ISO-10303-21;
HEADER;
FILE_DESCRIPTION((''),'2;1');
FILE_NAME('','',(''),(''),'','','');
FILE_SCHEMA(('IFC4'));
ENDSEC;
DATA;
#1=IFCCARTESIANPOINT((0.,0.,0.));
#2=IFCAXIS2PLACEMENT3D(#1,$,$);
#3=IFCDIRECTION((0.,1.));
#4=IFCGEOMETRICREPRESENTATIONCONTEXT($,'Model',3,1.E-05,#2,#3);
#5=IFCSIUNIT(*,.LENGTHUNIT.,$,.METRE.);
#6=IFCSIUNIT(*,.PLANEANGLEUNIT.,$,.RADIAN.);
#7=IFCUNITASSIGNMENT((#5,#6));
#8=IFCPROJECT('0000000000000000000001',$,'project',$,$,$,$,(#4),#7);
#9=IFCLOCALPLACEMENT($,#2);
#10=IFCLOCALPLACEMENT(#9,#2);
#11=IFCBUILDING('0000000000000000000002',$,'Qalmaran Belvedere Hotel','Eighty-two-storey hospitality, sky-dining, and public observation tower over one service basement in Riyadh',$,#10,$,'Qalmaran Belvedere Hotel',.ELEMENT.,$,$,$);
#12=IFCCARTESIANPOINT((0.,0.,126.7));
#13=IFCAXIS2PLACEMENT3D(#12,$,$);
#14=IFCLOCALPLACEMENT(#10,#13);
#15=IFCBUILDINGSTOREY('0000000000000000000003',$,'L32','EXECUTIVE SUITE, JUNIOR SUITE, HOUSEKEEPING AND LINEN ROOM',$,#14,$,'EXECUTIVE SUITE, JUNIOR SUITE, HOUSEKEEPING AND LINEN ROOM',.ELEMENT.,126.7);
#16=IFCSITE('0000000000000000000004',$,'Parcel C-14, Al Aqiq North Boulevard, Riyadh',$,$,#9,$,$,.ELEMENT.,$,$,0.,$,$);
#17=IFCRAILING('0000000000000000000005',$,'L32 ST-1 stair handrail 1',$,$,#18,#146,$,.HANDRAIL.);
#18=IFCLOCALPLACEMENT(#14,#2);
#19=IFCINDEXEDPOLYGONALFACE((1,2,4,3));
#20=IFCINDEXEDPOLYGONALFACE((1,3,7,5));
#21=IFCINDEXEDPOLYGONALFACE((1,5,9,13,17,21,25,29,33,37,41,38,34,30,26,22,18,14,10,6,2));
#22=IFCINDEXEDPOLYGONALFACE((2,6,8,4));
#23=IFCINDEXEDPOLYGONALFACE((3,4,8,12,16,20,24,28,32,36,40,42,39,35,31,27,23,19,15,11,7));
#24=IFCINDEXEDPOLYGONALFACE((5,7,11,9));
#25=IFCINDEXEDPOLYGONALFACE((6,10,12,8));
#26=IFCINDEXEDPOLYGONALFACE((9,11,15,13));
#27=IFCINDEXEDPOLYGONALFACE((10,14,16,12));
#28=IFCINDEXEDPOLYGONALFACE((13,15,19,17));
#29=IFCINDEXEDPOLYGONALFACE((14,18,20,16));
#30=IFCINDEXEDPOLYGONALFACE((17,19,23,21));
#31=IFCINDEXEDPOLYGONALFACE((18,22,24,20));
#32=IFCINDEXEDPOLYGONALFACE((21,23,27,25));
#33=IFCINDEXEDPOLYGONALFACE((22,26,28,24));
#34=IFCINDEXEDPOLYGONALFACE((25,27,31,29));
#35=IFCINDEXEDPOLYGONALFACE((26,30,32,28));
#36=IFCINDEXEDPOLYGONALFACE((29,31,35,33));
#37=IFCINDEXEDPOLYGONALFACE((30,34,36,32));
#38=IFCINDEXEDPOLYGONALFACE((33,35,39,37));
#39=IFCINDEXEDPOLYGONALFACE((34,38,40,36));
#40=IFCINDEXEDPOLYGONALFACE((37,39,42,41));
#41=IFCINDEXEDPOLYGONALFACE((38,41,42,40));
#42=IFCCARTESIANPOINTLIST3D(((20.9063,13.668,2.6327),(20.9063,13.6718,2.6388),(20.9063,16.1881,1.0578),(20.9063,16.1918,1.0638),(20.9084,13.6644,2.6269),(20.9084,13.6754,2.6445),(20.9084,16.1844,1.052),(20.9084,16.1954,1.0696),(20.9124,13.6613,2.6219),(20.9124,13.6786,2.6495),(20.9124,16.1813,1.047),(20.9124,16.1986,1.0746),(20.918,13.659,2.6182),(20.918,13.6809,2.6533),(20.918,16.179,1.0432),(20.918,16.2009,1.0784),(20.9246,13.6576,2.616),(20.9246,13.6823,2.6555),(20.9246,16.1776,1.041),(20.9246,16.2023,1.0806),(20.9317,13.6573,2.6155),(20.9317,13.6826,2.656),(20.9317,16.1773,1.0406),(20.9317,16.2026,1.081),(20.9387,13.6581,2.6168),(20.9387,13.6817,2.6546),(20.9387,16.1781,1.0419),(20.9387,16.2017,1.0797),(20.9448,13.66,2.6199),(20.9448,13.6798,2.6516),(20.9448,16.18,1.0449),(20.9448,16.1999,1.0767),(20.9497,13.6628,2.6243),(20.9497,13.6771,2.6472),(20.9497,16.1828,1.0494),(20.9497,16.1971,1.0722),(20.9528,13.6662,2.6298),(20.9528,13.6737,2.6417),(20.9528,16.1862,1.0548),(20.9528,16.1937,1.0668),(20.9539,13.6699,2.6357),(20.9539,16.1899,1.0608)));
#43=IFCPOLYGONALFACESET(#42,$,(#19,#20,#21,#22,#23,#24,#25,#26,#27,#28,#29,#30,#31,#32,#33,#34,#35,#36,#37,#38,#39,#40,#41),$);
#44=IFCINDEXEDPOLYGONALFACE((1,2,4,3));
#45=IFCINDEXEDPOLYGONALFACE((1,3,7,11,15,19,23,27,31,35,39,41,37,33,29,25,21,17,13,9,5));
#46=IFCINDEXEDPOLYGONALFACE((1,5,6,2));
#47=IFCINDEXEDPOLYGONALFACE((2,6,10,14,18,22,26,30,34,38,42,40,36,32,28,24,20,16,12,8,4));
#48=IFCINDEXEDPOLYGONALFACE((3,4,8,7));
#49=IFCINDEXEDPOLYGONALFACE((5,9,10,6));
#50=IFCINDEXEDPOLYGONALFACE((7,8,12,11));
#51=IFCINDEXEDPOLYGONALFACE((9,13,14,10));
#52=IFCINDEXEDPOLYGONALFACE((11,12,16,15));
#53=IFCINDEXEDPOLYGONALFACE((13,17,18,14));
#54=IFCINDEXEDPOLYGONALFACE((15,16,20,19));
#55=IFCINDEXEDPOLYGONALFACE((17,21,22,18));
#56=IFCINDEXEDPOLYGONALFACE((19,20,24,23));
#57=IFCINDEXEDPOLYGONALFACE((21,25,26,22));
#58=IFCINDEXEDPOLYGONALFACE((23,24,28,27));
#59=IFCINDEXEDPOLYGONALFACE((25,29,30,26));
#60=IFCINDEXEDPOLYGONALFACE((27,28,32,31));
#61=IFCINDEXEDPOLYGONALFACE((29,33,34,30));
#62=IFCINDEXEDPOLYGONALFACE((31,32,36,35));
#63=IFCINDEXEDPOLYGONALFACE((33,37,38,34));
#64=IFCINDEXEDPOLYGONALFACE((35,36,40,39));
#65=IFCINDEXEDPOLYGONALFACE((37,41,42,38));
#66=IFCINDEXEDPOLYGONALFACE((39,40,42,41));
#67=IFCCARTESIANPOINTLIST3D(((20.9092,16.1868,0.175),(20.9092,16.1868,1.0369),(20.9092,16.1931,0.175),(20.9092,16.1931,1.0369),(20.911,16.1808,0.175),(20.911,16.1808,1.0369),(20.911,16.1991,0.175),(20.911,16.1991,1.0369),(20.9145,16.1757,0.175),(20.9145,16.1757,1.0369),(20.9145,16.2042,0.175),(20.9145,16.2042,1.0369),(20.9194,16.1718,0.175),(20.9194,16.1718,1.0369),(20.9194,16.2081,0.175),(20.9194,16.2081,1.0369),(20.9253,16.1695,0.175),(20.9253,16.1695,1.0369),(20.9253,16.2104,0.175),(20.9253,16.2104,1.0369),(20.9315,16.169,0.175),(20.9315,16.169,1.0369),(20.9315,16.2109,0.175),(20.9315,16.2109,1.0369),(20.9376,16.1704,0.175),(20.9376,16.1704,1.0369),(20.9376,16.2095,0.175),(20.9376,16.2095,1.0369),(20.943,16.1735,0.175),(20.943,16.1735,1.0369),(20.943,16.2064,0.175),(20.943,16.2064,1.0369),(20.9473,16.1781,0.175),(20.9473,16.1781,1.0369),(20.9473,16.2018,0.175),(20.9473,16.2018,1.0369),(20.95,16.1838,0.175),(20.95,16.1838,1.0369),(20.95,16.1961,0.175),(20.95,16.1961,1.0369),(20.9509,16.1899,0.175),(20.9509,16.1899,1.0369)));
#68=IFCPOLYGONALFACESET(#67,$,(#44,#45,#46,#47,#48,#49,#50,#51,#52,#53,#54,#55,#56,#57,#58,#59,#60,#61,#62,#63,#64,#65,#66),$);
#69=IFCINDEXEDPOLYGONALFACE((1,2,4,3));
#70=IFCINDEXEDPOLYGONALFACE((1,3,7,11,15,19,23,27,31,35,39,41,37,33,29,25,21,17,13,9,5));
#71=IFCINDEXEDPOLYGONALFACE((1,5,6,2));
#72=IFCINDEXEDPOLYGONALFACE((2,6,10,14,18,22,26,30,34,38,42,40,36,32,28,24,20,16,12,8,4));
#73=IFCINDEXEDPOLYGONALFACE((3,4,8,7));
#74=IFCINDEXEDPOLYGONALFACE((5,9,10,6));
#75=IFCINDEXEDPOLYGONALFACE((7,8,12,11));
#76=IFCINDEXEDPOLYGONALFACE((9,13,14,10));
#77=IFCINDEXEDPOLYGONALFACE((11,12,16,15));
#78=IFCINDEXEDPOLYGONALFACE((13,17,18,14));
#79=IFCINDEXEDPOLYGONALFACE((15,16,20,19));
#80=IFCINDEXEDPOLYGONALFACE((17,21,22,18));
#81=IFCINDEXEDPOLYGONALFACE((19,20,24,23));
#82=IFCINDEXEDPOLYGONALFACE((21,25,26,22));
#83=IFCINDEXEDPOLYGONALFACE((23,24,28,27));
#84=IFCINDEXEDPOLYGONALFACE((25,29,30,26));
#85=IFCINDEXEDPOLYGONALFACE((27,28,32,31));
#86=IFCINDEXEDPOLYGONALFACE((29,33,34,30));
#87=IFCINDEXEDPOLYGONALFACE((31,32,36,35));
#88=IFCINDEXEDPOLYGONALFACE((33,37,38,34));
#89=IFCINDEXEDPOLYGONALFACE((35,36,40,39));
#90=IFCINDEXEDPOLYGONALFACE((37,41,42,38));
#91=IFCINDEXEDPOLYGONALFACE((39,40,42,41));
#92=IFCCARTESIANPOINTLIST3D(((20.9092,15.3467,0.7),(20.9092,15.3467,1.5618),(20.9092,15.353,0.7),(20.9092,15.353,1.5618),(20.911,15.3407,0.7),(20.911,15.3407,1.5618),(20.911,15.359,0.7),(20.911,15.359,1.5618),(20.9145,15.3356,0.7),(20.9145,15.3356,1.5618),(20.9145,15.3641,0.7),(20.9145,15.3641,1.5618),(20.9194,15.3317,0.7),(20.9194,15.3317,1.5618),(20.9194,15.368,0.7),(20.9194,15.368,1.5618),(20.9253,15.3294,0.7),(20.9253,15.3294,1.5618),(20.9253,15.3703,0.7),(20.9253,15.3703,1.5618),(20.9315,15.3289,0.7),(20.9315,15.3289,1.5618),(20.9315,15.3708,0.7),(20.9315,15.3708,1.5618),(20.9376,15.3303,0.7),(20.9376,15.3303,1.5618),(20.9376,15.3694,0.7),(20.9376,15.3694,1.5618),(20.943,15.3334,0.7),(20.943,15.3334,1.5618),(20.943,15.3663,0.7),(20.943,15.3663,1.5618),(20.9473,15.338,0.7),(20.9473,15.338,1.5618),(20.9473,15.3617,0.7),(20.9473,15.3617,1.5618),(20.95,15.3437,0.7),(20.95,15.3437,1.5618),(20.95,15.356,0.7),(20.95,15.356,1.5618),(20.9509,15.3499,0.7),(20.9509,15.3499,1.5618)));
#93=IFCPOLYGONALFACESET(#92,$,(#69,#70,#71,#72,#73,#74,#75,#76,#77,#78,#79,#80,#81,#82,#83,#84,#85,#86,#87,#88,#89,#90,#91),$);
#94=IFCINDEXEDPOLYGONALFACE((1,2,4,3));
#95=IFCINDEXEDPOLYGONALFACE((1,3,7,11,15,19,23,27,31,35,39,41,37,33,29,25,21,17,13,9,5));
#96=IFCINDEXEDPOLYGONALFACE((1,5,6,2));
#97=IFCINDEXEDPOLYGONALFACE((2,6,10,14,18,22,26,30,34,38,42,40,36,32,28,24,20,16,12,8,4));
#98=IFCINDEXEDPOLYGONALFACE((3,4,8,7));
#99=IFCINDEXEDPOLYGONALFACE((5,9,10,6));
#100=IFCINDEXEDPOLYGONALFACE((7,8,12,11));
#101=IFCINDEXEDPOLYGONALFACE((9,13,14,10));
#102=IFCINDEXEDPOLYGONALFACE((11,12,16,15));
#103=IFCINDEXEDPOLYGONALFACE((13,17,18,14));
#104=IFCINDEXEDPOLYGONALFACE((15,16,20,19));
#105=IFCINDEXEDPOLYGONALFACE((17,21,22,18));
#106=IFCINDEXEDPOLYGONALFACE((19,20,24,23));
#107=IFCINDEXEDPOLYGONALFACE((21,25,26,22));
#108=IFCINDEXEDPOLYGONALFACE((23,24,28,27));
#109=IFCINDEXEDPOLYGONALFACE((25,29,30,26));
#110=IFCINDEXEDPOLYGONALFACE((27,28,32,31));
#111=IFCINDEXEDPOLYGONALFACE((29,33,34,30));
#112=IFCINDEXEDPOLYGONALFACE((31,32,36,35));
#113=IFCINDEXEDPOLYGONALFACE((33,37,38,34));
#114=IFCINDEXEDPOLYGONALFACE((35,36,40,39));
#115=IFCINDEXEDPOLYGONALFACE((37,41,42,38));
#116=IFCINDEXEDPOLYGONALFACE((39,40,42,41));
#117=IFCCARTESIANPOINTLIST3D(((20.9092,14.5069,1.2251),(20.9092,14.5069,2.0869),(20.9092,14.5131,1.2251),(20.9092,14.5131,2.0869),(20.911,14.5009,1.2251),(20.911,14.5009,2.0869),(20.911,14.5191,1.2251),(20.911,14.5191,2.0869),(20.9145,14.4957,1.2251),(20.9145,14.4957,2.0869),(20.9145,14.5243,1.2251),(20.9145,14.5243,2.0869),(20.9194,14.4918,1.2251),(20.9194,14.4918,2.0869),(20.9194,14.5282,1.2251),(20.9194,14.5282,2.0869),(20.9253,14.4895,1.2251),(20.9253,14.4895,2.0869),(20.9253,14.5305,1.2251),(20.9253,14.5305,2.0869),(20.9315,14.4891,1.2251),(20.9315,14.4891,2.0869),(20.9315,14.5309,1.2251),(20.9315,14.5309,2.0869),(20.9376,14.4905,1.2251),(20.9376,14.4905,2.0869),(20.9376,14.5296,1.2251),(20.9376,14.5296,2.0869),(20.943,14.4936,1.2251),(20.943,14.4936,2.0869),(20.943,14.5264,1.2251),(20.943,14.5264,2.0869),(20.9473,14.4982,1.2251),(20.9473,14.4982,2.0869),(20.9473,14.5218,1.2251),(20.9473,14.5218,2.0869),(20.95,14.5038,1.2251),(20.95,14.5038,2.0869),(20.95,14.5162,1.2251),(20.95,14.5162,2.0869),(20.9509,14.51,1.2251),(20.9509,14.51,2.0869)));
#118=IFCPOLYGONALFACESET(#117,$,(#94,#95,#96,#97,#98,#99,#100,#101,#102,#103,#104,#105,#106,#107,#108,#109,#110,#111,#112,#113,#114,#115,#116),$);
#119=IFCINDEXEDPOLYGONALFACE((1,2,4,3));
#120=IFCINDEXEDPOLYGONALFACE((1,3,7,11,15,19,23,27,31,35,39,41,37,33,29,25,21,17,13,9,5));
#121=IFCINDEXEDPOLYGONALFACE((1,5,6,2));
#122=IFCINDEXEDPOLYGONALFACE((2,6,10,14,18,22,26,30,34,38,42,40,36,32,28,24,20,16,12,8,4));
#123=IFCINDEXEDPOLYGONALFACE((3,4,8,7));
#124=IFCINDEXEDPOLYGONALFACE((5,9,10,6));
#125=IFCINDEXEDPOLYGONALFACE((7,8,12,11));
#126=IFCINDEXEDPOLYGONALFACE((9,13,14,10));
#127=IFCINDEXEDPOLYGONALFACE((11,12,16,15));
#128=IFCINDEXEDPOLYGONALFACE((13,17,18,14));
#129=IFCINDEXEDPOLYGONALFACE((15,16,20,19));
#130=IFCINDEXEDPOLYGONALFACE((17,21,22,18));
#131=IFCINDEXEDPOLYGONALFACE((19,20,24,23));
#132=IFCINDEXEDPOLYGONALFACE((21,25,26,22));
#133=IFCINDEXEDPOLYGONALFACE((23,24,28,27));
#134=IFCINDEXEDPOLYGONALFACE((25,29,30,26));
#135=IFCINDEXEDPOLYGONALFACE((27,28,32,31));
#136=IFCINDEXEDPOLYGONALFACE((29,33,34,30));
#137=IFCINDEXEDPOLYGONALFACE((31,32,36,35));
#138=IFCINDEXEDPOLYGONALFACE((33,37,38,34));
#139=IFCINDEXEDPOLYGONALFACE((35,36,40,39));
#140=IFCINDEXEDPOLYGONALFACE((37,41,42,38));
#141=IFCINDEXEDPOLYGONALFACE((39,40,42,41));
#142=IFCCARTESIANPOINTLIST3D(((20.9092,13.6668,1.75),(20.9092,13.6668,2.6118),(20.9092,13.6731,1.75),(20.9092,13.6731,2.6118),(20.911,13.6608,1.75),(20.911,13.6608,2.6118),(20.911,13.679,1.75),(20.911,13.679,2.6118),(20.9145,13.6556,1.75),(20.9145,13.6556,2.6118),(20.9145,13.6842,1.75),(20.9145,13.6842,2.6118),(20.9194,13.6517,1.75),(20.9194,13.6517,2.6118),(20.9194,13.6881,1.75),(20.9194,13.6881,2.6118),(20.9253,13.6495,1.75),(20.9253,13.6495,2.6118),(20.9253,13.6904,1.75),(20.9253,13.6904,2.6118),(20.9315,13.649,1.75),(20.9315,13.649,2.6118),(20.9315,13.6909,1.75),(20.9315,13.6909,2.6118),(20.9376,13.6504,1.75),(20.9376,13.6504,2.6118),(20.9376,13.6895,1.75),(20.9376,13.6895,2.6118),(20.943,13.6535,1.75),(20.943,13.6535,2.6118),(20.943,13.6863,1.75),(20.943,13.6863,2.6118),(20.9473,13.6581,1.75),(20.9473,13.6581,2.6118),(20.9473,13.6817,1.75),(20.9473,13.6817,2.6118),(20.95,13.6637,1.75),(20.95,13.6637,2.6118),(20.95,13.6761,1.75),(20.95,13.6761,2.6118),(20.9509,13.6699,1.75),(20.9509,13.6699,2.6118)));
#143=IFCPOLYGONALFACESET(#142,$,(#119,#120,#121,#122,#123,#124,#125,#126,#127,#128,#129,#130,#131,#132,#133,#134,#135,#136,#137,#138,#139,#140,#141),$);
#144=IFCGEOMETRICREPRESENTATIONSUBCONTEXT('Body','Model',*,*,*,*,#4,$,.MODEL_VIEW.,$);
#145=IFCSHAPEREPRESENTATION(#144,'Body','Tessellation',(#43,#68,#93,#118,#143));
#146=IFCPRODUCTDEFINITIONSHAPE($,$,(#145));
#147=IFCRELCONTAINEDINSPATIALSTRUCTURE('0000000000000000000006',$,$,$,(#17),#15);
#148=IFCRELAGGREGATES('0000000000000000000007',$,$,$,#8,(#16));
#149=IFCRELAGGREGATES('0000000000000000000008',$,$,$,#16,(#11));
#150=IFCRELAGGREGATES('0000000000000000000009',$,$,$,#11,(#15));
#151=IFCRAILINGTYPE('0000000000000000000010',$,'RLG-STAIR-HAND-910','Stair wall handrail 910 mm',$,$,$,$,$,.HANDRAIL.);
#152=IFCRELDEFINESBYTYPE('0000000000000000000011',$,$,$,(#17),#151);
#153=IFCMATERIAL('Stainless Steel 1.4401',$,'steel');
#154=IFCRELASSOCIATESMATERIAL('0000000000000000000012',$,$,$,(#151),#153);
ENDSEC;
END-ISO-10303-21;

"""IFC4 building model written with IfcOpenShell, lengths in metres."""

from ifc_helpers import new_model, si_unit, direction, frame, origin, origin_2d, place, context, subcontext, project, spatial, circle, extrude, material, type_object, element, save


model = new_model("IFC4")

# Units and contexts
model_context = context("Model", 3, precision=1e-05, world=origin(), true_north=direction((0.0, 1.0)))
body_context = subcontext(model_context, "Body", "Model", "MODEL_VIEW")
ifc_project = project(units=[si_unit("LENGTHUNIT", "METRE"), si_unit("PLANEANGLEUNIT", "RADIAN")], contexts=[model_context])

# Site, building, storey
site_placement = place(None, origin())
site = spatial("IfcSite", under=ifc_project, at=site_placement, Name="Parcel C-14, Al Aqiq North Boulevard, Riyadh", CompositionType="ELEMENT", RefElevation=0.0)
building_placement = place(site_placement, origin())
building = spatial("IfcBuilding", under=site, at=building_placement, Name="Qalmaran Belvedere Hotel", Description="Eighty-two-storey hospitality, sky-dining, and public observation tower over one service basement in Riyadh", LongName="Qalmaran Belvedere Hotel", CompositionType="ELEMENT")
storey_placement = place(building_placement, frame((0.0, 0.0, 126.7)))
storey = spatial("IfcBuildingStorey", under=building, at=storey_placement, Name="L32", Description="EXECUTIVE SUITE, JUNIOR SUITE, HOUSEKEEPING AND LINEN ROOM", LongName="EXECUTIVE SUITE, JUNIOR SUITE, HOUSEKEEPING AND LINEN ROOM", CompositionType="ELEMENT", Elevation=126.7)

# Railing
ifc_material_1 = material(Name="Stainless Steel 1.4401", Category="steel")
railing_type = type_object("IfcRailingType", Name="RLG-STAIR-HAND-910", Description="Stair wall handrail 910 mm", PredefinedType="HANDRAIL", material=ifc_material_1)
railing_placement = place(storey_placement, frame((20.9299, 16.1899, 0.175)))
element("IfcRailing", 1, at=railing_placement, inside=storey, type_object=railing_type, Name="L32 ST-1 stair handrail 1", PredefinedType="HANDRAIL", context=body_context, shape_type="SweptSolid", body=[
    extrude(circle(Radius=0.0239, at=origin_2d()), frame((0.0, 0.0, 0.8857), z_axis=(0.0, -0.848008, 0.529984), x_axis=(1.0, 0.0, 0.0)), (0.0, 0.0, 1.0), 2.9717),
    extrude(circle(Radius=0.021, at=origin_2d()), origin(), (0.0, 0.0, 1.0), 0.8618),
    extrude(circle(Radius=0.021, at=origin_2d()), frame((0.0, -0.8401, 0.5249)), (0.0, 0.0, 1.0), 0.8618),
    extrude(circle(Radius=0.021, at=origin_2d()), frame((0.0, -1.6799, 1.05)), (0.0, 0.0, 1.0), 0.8618),
    extrude(circle(Radius=0.021, at=origin_2d()), frame((0.0, -2.52, 1.575)), (0.0, 0.0, 1.0), 0.8618),
])

save(model, "model.ifc")
